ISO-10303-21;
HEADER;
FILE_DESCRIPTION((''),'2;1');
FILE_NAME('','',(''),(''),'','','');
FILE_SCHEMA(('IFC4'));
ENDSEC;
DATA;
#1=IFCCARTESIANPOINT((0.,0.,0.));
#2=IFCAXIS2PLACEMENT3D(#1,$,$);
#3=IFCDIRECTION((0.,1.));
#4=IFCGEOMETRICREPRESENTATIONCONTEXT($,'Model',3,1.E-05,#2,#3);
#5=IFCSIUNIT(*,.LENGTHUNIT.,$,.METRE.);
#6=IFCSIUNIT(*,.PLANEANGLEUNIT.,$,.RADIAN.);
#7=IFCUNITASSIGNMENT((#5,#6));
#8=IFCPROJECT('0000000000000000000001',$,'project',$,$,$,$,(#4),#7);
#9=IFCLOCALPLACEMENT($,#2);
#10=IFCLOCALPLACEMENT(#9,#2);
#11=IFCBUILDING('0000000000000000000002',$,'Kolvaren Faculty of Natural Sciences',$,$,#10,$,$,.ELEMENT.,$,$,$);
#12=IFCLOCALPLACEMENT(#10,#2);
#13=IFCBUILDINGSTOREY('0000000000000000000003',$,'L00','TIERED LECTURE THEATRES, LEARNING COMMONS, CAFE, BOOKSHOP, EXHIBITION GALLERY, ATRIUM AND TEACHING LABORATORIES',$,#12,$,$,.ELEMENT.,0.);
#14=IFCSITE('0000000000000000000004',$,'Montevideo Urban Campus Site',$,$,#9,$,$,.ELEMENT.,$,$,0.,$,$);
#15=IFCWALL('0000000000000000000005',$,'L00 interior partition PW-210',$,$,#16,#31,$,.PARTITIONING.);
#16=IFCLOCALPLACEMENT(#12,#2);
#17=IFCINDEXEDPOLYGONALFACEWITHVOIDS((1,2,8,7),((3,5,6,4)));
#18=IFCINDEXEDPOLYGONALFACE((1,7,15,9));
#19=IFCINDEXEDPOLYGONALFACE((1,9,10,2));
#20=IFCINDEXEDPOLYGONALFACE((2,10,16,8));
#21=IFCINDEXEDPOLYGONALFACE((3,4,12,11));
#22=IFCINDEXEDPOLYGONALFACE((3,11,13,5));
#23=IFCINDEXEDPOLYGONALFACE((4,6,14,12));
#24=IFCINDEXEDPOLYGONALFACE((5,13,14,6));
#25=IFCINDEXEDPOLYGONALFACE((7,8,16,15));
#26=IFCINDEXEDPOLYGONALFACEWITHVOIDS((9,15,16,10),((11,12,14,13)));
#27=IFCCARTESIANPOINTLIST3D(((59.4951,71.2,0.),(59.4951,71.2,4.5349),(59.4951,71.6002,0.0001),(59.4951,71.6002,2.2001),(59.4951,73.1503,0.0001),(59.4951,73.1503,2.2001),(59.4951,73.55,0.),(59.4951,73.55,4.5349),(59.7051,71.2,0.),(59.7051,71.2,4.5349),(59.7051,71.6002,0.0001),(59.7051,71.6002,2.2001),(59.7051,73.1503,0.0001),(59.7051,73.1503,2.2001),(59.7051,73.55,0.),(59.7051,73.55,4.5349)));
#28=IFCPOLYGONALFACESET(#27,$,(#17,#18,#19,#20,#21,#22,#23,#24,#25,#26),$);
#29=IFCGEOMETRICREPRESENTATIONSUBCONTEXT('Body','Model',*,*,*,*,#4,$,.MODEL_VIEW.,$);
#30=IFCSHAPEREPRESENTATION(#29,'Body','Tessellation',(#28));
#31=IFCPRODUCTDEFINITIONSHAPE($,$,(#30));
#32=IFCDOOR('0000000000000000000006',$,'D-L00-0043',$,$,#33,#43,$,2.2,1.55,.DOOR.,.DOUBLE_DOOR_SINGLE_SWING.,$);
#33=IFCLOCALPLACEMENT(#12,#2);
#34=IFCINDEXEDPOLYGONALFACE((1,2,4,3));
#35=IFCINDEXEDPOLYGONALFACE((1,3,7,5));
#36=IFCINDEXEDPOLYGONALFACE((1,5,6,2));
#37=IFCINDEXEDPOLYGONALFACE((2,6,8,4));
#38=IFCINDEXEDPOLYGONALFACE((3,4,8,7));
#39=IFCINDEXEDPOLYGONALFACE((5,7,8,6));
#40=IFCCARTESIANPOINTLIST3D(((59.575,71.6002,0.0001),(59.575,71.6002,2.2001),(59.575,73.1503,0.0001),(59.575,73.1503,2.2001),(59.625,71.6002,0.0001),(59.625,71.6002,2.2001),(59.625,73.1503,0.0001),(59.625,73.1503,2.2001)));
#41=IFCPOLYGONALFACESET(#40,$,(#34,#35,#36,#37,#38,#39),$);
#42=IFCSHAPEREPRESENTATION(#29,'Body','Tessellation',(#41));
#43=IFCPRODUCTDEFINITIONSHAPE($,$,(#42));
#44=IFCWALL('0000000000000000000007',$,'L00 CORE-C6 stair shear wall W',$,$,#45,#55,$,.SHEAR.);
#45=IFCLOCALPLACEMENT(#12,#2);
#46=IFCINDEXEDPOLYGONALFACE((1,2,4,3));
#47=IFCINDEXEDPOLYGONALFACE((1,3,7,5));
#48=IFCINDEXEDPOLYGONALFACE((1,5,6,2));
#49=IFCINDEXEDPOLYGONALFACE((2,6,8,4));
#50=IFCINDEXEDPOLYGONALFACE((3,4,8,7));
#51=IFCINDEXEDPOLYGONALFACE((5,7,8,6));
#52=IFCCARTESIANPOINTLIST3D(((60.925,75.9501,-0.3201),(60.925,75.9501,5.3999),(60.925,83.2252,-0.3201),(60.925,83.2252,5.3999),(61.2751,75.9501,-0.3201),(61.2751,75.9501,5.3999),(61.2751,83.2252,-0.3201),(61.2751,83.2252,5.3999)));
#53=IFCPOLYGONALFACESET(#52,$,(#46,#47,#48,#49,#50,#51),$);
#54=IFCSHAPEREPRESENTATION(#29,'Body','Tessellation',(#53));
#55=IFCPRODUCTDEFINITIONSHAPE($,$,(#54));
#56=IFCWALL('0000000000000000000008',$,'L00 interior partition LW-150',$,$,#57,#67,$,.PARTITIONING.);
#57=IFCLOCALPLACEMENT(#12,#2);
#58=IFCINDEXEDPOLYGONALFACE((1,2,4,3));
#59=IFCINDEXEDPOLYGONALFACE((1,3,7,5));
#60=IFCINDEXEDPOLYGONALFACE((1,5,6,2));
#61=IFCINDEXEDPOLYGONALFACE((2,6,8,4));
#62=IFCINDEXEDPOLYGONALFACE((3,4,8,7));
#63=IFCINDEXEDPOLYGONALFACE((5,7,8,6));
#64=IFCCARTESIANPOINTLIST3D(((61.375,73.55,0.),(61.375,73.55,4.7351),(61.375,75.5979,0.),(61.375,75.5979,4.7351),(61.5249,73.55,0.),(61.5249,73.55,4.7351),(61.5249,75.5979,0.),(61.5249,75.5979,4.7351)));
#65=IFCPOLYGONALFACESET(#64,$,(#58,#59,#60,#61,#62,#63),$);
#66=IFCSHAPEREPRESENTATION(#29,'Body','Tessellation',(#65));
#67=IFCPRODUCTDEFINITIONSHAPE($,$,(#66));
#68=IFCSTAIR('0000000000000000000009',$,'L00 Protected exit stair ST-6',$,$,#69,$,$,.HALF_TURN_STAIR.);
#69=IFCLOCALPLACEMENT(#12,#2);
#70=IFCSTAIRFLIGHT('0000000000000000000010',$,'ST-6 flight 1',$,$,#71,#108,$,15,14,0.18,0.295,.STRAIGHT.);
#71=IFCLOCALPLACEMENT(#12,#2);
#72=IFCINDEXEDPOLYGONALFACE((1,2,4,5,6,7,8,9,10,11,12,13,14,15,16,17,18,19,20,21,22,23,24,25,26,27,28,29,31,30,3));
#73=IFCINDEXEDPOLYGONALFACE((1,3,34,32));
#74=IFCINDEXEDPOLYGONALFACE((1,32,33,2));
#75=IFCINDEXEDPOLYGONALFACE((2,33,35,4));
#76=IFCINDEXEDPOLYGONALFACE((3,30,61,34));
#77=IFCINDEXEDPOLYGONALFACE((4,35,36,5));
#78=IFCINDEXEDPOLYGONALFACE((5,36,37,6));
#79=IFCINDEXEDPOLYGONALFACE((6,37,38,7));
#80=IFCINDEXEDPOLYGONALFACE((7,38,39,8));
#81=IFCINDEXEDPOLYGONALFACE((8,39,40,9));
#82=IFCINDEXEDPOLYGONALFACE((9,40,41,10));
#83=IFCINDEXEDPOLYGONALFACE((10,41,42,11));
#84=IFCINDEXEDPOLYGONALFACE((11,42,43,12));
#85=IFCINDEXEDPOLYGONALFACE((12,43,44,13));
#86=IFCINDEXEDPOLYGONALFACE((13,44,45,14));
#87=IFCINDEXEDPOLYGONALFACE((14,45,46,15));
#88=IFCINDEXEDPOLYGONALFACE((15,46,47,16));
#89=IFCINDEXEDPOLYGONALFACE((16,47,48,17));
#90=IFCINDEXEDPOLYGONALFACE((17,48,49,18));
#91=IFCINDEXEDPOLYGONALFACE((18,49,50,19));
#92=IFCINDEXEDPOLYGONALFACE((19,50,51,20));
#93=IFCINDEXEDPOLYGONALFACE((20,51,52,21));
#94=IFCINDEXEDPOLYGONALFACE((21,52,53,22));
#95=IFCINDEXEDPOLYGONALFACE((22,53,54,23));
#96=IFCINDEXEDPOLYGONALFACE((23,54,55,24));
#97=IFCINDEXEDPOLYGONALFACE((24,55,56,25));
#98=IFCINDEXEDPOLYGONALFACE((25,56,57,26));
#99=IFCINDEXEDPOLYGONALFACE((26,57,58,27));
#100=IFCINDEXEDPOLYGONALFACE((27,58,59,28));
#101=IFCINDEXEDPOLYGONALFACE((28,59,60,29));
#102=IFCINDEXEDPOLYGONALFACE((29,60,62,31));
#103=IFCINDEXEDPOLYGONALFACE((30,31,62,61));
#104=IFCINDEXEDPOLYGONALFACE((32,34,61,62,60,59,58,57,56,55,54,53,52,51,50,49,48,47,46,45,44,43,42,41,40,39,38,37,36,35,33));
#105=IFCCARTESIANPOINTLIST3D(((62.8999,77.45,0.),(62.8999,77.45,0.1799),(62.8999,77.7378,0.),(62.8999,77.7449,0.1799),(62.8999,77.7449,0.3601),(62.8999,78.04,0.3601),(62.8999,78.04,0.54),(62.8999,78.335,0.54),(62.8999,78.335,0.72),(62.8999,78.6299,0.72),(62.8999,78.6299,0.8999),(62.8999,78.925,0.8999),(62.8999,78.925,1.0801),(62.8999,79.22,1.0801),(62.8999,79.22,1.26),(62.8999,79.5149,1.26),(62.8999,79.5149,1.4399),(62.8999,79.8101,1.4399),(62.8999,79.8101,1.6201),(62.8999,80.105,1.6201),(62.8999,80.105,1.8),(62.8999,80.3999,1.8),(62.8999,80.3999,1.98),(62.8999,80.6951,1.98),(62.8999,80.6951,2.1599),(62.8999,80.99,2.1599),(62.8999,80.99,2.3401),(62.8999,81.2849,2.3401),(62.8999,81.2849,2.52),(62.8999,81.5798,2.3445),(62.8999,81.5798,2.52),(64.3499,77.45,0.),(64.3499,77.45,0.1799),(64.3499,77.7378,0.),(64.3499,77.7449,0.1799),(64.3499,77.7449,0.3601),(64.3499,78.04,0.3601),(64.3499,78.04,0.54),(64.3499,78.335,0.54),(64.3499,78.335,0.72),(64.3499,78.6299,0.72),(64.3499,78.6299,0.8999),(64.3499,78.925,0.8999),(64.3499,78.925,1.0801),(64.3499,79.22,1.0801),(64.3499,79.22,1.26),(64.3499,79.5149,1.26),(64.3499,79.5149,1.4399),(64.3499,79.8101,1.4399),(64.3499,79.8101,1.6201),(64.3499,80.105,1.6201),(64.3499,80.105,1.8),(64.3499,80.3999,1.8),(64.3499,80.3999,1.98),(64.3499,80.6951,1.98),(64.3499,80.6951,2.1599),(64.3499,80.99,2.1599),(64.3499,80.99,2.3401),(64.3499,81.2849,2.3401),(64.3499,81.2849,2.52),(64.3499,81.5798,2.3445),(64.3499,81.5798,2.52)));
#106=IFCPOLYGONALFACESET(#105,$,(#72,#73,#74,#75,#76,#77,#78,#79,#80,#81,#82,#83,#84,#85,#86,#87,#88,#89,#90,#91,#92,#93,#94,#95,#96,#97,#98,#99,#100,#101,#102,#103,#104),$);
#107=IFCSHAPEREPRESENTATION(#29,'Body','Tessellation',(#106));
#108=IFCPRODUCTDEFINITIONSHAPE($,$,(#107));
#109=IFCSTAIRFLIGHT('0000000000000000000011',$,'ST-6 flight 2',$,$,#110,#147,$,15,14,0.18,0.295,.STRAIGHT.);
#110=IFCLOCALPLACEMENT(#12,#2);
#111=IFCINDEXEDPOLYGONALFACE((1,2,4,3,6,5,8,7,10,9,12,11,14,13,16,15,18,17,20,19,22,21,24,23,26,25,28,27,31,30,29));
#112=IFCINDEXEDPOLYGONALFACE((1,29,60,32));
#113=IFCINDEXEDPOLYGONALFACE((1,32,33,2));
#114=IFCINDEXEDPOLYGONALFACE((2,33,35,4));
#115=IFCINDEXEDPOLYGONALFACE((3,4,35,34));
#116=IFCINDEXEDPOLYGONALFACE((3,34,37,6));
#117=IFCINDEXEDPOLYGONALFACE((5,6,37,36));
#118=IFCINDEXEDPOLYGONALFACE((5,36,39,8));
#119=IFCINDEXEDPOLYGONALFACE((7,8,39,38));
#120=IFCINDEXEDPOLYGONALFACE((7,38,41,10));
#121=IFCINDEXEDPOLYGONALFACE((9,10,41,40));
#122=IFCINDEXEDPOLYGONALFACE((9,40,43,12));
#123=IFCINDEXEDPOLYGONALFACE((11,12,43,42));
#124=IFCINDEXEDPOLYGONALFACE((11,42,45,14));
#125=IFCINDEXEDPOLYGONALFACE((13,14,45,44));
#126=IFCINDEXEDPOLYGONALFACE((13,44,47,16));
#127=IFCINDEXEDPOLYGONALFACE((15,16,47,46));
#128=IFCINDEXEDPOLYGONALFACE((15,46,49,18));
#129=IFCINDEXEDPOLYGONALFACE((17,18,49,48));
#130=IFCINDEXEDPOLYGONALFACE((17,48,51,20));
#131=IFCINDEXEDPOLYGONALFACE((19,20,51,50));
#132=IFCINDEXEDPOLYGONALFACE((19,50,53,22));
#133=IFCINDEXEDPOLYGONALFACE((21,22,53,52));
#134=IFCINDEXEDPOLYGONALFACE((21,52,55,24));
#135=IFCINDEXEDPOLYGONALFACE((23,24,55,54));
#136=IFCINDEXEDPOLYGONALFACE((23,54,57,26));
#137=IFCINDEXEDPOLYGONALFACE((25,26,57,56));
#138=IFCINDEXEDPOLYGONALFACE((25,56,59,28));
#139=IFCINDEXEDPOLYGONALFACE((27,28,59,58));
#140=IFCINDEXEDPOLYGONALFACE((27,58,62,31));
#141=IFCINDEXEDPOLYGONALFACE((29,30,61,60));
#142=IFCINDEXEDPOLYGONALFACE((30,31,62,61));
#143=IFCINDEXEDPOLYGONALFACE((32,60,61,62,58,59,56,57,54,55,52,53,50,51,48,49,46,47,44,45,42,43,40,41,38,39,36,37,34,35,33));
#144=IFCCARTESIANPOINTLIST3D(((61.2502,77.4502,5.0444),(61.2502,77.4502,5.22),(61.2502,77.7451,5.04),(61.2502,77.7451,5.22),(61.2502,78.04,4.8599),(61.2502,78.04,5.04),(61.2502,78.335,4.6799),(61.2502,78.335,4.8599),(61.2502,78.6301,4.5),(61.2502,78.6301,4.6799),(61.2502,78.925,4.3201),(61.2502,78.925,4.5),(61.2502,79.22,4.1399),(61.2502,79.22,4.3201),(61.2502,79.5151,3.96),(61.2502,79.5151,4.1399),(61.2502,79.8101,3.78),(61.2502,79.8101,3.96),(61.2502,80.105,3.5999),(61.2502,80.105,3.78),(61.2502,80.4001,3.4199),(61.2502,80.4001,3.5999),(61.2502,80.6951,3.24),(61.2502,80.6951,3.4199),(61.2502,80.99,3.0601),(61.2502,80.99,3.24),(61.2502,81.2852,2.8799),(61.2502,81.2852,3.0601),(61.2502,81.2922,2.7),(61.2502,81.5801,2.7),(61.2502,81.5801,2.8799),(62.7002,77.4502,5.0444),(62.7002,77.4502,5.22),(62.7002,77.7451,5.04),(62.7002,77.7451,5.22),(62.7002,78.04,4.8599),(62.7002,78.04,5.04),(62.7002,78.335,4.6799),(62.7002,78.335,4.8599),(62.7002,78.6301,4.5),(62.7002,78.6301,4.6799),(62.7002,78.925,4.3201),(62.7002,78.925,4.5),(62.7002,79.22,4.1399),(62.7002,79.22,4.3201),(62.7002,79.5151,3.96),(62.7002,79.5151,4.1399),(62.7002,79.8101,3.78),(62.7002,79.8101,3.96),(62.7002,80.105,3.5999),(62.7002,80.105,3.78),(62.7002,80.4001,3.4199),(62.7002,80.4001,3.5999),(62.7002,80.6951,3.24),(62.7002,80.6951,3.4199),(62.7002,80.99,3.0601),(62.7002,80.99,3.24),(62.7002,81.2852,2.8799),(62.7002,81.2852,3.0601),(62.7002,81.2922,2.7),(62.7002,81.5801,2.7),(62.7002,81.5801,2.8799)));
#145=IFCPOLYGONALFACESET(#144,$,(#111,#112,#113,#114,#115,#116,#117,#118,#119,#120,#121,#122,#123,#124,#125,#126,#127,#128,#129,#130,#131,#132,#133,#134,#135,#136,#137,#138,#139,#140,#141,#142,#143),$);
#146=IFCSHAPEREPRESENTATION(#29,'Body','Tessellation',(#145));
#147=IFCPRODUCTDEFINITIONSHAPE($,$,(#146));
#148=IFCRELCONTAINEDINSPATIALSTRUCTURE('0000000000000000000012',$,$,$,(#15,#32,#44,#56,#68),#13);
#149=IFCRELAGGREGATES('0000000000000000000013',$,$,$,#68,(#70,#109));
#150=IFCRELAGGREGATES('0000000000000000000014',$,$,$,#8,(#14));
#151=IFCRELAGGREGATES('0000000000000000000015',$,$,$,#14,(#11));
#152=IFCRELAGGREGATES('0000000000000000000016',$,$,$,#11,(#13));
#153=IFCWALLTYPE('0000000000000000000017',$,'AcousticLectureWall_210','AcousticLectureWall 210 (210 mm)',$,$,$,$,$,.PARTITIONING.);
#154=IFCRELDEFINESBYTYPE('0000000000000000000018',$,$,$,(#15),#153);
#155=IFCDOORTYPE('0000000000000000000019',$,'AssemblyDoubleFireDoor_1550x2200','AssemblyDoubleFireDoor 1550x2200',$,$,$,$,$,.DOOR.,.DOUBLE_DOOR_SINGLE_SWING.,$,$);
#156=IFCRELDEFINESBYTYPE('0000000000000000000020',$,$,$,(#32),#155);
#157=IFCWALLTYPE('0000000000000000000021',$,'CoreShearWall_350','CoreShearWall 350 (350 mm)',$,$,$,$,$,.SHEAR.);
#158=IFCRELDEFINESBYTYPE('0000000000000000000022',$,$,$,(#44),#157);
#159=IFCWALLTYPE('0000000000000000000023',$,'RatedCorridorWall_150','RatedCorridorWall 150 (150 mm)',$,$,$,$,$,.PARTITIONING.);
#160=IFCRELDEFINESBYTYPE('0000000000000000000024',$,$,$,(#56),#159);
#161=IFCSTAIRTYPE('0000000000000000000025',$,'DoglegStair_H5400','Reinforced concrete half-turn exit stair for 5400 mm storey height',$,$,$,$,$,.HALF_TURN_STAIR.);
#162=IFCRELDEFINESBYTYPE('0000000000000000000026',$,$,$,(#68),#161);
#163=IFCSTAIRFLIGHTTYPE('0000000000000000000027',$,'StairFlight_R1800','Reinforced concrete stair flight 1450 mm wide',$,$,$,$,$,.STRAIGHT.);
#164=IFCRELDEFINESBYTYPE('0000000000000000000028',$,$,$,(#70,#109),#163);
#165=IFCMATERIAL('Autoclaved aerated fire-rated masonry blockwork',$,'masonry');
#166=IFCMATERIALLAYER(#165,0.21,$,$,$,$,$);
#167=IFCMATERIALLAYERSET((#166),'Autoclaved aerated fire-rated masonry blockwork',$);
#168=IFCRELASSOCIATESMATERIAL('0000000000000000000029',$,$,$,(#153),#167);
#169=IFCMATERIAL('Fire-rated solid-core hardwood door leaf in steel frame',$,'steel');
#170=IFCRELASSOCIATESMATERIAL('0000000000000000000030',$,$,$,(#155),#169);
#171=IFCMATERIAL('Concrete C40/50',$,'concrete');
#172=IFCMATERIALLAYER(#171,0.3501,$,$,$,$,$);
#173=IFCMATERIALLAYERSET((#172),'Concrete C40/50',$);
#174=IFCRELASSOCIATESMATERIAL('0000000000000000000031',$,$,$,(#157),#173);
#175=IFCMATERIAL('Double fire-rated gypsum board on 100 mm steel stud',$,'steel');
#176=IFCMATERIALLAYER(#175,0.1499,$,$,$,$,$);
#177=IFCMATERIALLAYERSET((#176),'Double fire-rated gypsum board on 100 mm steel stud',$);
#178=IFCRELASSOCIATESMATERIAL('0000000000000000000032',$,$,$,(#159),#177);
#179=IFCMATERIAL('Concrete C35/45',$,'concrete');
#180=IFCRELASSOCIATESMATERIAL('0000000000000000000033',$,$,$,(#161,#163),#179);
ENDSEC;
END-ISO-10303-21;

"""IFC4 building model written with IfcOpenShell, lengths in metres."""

from ifc_helpers import new_model, si_unit, direction, frame, frame_2d, origin, place, context, subcontext, project, spatial, polyline, rectangle, outline, extrude, material, layer, layer_set, type_object, element, fill, aggregate, save


model = new_model("IFC4")

# Units and contexts
model_context = context("Model", 3, precision=1e-05, world=origin(), true_north=direction((0.0, 1.0)))
body_context = subcontext(model_context, "Body", "Model", "MODEL_VIEW")
ifc_project = project(units=[si_unit("LENGTHUNIT", "METRE"), si_unit("PLANEANGLEUNIT", "RADIAN")], contexts=[model_context])

# Site, building, storey
site_placement = place(None, origin())
site = spatial("IfcSite", under=ifc_project, at=site_placement, Name="Montevideo Urban Campus Site", CompositionType="ELEMENT", RefElevation=0.0)
building_placement = place(site_placement, origin())
building = spatial("IfcBuilding", under=site, at=building_placement, Name="Kolvaren Faculty of Natural Sciences", CompositionType="ELEMENT")
storey_placement = place(building_placement, origin())
storey = spatial("IfcBuildingStorey", under=building, at=storey_placement, Name="L00", Description="TIERED LECTURE THEATRES, LEARNING COMMONS, CAFE, BOOKSHOP, EXHIBITION GALLERY, ATRIUM AND TEACHING LABORATORIES", CompositionType="ELEMENT", Elevation=0.0)

# Shared definitions
ifc_material_1 = material(Name="Concrete C35/45", Category="concrete")

# Shared definitions
ifc_material_2 = material(Name="Concrete C40/50", Category="concrete")

# Shared definitions
ifc_material_3 = material(Name="Autoclaved aerated fire-rated masonry blockwork", Category="masonry")
ifc_layer_1 = layer(ifc_material_3, 0.21)
ifc_layer_set_1 = layer_set([ifc_layer_1], Name="Autoclaved aerated fire-rated masonry blockwork")
wall_type_1 = type_object("IfcWallType", Name="AcousticLectureWall_210", Description="AcousticLectureWall 210 (210 mm)", PredefinedType="PARTITIONING", material=ifc_layer_set_1)

# Wall, opening, door
wall_1_placement = place(storey_placement, frame((59.6001, 73.55, 0.0), z_axis=(0.0, 0.0, 1.0), x_axis=(0.0, -1.0, 0.0)))
wall_1 = element("IfcWall", 1, at=wall_1_placement, inside=storey, type_object=wall_type_1, Name="L00 interior partition PW-210", PredefinedType="PARTITIONING", context=body_context, shape_type="SweptSolid", body=[
    extrude(rectangle(XDim=2.3501, YDim=0.21, at=frame_2d((1.175, 0.0))), origin(), (0.0, 0.0, 1.0), 4.5349),
])
opening_placement = place(wall_1_placement, frame((0.3999, 0.0, 0.0)))
opening = element("IfcOpeningElement", 2, at=opening_placement, cuts=wall_1, PredefinedType="OPENING", context=body_context, shape_type="SweptSolid", body=[
    extrude(rectangle(XDim=1.55, YDim=2.2, at=frame_2d((0.7749, 1.1001))), frame((0.0, 0.115, 0.0), z_axis=(0.0, -1.0, 0.0), x_axis=(1.0, 0.0, 0.0)), (0.0, 0.0, 1.0), 0.23),
])
ifc_material_4 = material(Name="Fire-rated solid-core hardwood door leaf in steel frame", Category="steel")
door_type = type_object("IfcDoorType", Name="AssemblyDoubleFireDoor_1550x2200", Description="AssemblyDoubleFireDoor 1550x2200", OperationType="DOUBLE_DOOR_SINGLE_SWING", PredefinedType="DOOR", material=ifc_material_4)
door_placement = place(opening_placement, origin())
door = element("IfcDoor", 3, at=door_placement, inside=storey, type_object=door_type, Name="D-L00-0043", OperationType="DOUBLE_DOOR_SINGLE_SWING", OverallHeight=2.2, OverallWidth=1.55, PredefinedType="DOOR", context=body_context, shape_type="SweptSolid", body=[
    extrude(rectangle(XDim=1.55, YDim=2.2, at=frame_2d((0.7749, 1.1001))), frame((0.0, 0.0249, 0.0), z_axis=(0.0, -1.0, 0.0), x_axis=(1.0, 0.0, 0.0)), (0.0, 0.0, 1.0), 0.05),
])
fill(opening, door)

# Walls
ifc_layer_2 = layer(ifc_material_2, 0.3501)
ifc_layer_set_2 = layer_set([ifc_layer_2], Name="Concrete C40/50")
wall_type_2 = type_object("IfcWallType", Name="CoreShearWall_350", Description="CoreShearWall 350 (350 mm)", PredefinedType="SHEAR", material=ifc_layer_set_2)
wall_2_placement = place(storey_placement, frame((61.1001, 75.95, -0.3201), z_axis=(0.0, 0.0, 1.0), x_axis=(0.0, 1.0, 0.0)))
element("IfcWall", 4, at=wall_2_placement, inside=storey, type_object=wall_type_2, Name="L00 CORE-C6 stair shear wall W", PredefinedType="SHEAR", context=body_context, shape_type="SweptSolid", body=[
    extrude(rectangle(XDim=7.2751, YDim=0.3501, at=frame_2d((3.6377, 0.0))), origin(), (0.0, 0.0, 1.0), 5.72),
])
ifc_material_5 = material(Name="Double fire-rated gypsum board on 100 mm steel stud", Category="steel")
ifc_layer_3 = layer(ifc_material_5, 0.1499)
ifc_layer_set_3 = layer_set([ifc_layer_3], Name="Double fire-rated gypsum board on 100 mm steel stud")
wall_type_3 = type_object("IfcWallType", Name="RatedCorridorWall_150", Description="RatedCorridorWall 150 (150 mm)", PredefinedType="PARTITIONING", material=ifc_layer_set_3)
wall_3_placement = place(storey_placement, frame((61.45, 73.55, 0.0), z_axis=(0.0, 0.0, 1.0), x_axis=(0.0, 1.0, 0.0)))
element("IfcWall", 5, at=wall_3_placement, inside=storey, type_object=wall_type_3, Name="L00 interior partition LW-150", PredefinedType="PARTITIONING", context=body_context, shape_type="SweptSolid", body=[
    extrude(rectangle(XDim=2.0479, YDim=0.1499, at=frame_2d((1.0239, 0.0))), origin(), (0.0, 0.0, 1.0), 4.7351),
])

# Stair, stair flights
stair_type = type_object("IfcStairType", Name="DoglegStair_H5400", Description="Reinforced concrete half-turn exit stair for 5400 mm storey height", PredefinedType="HALF_TURN_STAIR", material=ifc_material_1)
stair_placement = place(storey_placement, origin())
stair = element("IfcStair", 6, at=stair_placement, inside=storey, type_object=stair_type, Name="L00 Protected exit stair ST-6", PredefinedType="HALF_TURN_STAIR")
stair_flight_type = type_object("IfcStairFlightType", Name="StairFlight_R1800", Description="Reinforced concrete stair flight 1450 mm wide", PredefinedType="STRAIGHT", material=ifc_material_1)
stair_flight_1_placement = place(storey_placement, frame((63.625, 77.45, 0.0), z_axis=(0.0, 0.0, 1.0), x_axis=(0.0, 1.0, 0.0)))
stair_flight_1 = element("IfcStairFlight", 7, at=stair_flight_1_placement, type_object=stair_flight_type, Name="ST-6 flight 1", NumberOfRisers=15, NumberOfTreads=14, PredefinedType="STRAIGHT", RiserHeight=0.18, TreadLength=0.295, context=body_context, shape_type="SweptSolid", body=[
    extrude(outline(polyline([(0.0, 0.0), (0.0, 0.1799), (0.2949, 0.1799), (0.2949, 0.3601), (0.5901, 0.3601), (0.5901, 0.54), (0.885, 0.54), (0.885, 0.72), (1.1799, 0.72), (1.1799, 0.8999), (1.4751, 0.8999), (1.4751, 1.0801), (1.77, 1.0801), (1.77, 1.26), (2.0649, 1.26), (2.0649, 1.4399), (2.3601, 1.4399), (2.3601, 1.6201), (2.655, 1.6201), (2.655, 1.8), (2.95, 1.8), (2.95, 1.98), (3.2451, 1.98), (3.2451, 2.1599), (3.54, 2.1599), (3.54, 2.3401), (3.835, 2.3401), (3.835, 2.52), (4.1299, 2.52), (4.1299, 2.7), (4.1299, 2.3445), (0.2878, 0.0), (0.0, 0.0)])), frame((0.0, 0.7251, 0.0), z_axis=(0.0, -1.0, 0.0), x_axis=(1.0, 0.0, 0.0)), (0.0, 0.0, 1.0), 1.45),
])
stair_flight_2_placement = place(storey_placement, frame((61.9751, 81.5801, 2.7), z_axis=(0.0, 0.0, 1.0), x_axis=(0.0, -1.0, 0.0)))
stair_flight_2 = element("IfcStairFlight", 8, at=stair_flight_2_placement, type_object=stair_flight_type, Name="ST-6 flight 2", NumberOfRisers=15, NumberOfTreads=14, PredefinedType="STRAIGHT", RiserHeight=0.18, TreadLength=0.295, context=body_context, shape_type="SweptSolid", body=[
    extrude(outline(polyline([(0.0, 0.0), (0.0, 0.1799), (0.2949, 0.1799), (0.2949, 0.3601), (0.5901, 0.3601), (0.5901, 0.54), (0.885, 0.54), (0.885, 0.72), (1.1799, 0.72), (1.1799, 0.8999), (1.4751, 0.8999), (1.4751, 1.0801), (1.77, 1.0801), (1.77, 1.26), (2.0649, 1.26), (2.0649, 1.4399), (2.3601, 1.4399), (2.3601, 1.6201), (2.655, 1.6201), (2.655, 1.8), (2.95, 1.8), (2.95, 1.98), (3.2451, 1.98), (3.2451, 2.1599), (3.54, 2.1599), (3.54, 2.3401), (3.835, 2.3401), (3.835, 2.52), (4.1299, 2.52), (4.1299, 2.7), (4.1299, 2.3445), (0.2878, 0.0), (0.0, 0.0)])), frame((0.0, 0.7251, 0.0), z_axis=(0.0, -1.0, 0.0), x_axis=(1.0, 0.0, 0.0)), (0.0, 0.0, 1.0), 1.45),
])
aggregate(stair, [stair_flight_1, stair_flight_2])

save(model, "model.ifc")
